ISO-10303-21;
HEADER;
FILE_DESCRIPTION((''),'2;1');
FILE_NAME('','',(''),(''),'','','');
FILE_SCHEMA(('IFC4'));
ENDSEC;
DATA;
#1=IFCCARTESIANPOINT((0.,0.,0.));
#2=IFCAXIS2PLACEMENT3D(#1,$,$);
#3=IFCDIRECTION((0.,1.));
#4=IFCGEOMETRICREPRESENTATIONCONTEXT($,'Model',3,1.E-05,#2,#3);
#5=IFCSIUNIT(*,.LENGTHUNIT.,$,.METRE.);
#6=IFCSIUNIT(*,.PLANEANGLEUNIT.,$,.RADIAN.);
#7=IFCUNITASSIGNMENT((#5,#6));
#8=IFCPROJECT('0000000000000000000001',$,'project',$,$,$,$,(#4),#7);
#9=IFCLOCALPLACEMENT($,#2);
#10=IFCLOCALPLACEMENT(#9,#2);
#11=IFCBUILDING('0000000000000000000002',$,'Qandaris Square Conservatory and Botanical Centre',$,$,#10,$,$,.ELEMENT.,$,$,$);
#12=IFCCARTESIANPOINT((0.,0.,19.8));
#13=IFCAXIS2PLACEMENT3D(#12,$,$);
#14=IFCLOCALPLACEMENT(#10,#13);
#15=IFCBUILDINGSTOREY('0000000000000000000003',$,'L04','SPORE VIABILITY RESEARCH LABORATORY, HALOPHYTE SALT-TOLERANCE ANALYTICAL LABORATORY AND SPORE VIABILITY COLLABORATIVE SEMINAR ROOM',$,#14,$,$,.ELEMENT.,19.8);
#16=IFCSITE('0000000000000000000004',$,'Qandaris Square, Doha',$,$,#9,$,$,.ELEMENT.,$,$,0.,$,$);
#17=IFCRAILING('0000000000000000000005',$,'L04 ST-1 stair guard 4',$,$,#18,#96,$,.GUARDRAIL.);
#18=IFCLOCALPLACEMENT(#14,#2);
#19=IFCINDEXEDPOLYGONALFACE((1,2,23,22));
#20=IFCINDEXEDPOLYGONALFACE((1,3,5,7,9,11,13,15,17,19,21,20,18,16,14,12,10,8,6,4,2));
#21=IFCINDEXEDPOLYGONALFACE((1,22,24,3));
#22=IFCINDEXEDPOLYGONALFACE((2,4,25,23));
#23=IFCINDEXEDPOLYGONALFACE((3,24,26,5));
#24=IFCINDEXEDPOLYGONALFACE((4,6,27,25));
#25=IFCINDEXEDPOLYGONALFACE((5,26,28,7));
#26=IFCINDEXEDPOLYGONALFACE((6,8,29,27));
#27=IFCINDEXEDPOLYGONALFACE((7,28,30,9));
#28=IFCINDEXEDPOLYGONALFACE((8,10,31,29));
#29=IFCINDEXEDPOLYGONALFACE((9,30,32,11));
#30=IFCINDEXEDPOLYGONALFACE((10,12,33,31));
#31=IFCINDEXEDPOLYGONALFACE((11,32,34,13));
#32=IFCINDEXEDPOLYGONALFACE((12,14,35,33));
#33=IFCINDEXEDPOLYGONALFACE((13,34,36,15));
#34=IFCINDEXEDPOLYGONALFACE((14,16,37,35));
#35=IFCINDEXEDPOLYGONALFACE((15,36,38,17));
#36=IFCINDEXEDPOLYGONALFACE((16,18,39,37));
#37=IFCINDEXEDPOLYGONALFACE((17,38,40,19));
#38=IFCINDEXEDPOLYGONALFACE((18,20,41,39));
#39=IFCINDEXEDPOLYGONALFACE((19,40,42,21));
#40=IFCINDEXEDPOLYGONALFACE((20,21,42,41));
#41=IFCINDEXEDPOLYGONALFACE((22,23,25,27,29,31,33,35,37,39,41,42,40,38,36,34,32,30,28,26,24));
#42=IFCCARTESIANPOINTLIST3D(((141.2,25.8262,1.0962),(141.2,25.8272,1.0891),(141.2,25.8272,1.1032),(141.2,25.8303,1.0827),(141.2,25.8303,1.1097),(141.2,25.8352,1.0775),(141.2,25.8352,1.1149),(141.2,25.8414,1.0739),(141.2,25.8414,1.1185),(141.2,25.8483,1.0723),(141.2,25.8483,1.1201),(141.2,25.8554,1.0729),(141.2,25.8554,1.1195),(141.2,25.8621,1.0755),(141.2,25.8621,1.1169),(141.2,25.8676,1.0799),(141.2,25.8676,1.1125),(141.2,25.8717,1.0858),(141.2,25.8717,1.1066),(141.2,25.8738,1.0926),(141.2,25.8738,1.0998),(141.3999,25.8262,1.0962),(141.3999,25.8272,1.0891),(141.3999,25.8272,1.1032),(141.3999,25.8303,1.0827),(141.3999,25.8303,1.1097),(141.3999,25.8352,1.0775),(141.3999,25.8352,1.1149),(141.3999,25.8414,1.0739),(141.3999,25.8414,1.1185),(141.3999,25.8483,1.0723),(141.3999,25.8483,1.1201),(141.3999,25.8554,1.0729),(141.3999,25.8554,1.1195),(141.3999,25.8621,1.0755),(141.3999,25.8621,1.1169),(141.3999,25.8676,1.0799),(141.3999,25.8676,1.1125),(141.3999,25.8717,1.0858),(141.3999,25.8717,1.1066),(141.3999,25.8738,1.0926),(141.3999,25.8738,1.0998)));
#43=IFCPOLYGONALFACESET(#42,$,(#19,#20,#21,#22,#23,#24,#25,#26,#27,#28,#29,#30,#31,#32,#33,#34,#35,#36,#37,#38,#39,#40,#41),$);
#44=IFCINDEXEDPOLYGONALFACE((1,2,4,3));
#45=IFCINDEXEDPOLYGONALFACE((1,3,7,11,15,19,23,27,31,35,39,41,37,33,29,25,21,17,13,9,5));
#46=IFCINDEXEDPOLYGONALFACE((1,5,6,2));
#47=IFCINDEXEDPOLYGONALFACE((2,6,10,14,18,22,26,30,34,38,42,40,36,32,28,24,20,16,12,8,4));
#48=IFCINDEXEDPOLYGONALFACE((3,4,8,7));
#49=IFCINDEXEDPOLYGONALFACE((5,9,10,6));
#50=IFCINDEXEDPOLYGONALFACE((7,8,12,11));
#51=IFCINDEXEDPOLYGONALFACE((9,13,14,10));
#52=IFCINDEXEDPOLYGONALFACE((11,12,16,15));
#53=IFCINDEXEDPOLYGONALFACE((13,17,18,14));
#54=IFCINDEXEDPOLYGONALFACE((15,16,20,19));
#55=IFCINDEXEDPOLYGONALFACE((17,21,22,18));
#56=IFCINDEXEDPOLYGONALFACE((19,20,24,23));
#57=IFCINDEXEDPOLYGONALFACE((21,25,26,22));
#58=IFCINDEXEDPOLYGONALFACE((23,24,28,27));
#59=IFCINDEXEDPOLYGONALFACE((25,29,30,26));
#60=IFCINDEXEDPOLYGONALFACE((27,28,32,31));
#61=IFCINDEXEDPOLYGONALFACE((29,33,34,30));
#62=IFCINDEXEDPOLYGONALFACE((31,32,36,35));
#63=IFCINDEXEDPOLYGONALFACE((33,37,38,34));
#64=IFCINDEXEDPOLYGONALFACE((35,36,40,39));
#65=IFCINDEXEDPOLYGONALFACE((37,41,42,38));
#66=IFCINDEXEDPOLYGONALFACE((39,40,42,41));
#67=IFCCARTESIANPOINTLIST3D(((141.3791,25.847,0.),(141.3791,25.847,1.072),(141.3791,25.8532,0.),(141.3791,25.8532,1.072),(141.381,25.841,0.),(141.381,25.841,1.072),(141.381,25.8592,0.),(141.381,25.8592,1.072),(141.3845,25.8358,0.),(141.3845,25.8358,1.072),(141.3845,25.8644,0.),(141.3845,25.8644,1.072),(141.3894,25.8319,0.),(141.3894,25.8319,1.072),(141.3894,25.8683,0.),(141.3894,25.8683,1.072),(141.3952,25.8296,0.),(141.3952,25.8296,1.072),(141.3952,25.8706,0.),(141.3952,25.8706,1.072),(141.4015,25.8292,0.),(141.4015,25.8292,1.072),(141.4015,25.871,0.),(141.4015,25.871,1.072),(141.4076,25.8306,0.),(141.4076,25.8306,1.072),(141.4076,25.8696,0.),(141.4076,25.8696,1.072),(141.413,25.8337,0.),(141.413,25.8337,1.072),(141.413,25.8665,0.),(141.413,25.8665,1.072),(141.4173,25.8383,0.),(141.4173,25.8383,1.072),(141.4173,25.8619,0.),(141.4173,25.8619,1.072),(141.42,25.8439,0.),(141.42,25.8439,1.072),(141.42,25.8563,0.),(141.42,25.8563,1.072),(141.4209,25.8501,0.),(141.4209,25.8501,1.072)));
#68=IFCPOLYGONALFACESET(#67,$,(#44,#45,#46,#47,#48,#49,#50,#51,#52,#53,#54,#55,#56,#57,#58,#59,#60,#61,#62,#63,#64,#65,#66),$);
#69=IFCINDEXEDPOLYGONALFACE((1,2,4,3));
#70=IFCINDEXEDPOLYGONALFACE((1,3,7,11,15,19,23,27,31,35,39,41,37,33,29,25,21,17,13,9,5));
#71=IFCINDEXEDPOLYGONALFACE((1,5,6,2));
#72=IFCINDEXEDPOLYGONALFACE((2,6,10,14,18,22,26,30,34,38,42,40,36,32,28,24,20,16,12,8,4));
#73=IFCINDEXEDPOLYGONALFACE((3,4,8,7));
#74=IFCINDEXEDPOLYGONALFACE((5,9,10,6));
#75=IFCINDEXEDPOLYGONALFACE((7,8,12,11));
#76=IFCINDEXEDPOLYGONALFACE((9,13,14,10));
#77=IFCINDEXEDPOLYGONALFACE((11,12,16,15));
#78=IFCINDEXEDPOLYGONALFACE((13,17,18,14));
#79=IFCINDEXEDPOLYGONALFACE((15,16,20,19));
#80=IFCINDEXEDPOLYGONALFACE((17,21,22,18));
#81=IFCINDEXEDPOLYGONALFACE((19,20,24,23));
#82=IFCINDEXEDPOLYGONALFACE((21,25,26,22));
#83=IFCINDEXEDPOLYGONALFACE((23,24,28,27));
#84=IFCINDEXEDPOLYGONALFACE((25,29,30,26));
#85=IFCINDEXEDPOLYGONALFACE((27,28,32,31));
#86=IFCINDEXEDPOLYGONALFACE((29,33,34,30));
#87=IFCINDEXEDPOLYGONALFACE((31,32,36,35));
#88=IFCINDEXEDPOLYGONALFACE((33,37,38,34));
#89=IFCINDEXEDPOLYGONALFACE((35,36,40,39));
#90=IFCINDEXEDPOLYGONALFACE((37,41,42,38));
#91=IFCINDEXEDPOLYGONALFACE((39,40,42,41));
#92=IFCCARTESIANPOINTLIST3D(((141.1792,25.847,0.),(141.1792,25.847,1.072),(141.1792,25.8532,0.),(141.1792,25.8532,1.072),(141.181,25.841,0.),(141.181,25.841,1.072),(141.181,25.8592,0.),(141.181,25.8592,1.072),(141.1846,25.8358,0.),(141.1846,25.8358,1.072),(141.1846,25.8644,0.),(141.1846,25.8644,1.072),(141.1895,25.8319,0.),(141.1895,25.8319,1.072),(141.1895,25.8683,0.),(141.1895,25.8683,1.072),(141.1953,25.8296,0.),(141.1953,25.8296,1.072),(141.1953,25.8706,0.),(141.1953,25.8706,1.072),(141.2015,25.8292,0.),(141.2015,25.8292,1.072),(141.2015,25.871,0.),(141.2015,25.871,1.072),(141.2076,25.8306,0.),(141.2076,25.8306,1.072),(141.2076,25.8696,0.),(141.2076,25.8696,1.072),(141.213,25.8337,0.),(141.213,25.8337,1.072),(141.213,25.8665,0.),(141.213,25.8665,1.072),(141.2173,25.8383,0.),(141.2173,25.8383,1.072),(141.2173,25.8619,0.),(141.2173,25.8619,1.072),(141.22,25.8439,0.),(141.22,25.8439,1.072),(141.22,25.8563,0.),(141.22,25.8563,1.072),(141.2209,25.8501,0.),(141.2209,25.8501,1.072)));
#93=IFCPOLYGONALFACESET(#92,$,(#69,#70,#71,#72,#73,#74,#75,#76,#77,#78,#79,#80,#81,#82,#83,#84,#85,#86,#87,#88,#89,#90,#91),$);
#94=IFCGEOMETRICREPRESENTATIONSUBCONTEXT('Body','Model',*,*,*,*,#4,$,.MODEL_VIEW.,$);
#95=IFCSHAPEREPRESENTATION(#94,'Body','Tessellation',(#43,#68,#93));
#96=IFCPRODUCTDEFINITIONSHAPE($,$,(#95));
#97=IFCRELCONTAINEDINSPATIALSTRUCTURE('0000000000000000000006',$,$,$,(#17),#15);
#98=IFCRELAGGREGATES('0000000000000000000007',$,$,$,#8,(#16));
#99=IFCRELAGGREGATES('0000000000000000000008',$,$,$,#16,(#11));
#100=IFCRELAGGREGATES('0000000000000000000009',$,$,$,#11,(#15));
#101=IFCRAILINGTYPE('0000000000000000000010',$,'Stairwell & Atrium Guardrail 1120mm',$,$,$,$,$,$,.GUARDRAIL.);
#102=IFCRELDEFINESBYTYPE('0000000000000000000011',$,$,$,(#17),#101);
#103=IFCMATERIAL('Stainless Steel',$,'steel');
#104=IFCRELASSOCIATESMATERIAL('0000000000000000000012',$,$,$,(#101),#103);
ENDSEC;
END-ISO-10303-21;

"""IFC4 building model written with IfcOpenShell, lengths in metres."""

from ifc_helpers import new_model, si_unit, direction, frame, origin, origin_2d, place, context, subcontext, project, spatial, circle, extrude, material, type_object, element, save


model = new_model("IFC4")

# Units and contexts
model_context = context("Model", 3, precision=1e-05, world=origin(), true_north=direction((0.0, 1.0)))
body_context = subcontext(model_context, "Body", "Model", "MODEL_VIEW")
ifc_project = project(units=[si_unit("LENGTHUNIT", "METRE"), si_unit("PLANEANGLEUNIT", "RADIAN")], contexts=[model_context])

# Site, building, storey
site_placement = place(None, origin())
site = spatial("IfcSite", under=ifc_project, at=site_placement, Name="Qandaris Square, Doha", CompositionType="ELEMENT", RefElevation=0.0)
building_placement = place(site_placement, origin())
building = spatial("IfcBuilding", under=site, at=building_placement, Name="Qandaris Square Conservatory and Botanical Centre", CompositionType="ELEMENT")
storey_placement = place(building_placement, frame((0.0, 0.0, 19.8)))
storey = spatial("IfcBuildingStorey", under=building, at=storey_placement, Name="L04", Description="SPORE VIABILITY RESEARCH LABORATORY, HALOPHYTE SALT-TOLERANCE ANALYTICAL LABORATORY AND SPORE VIABILITY COLLABORATIVE SEMINAR ROOM", CompositionType="ELEMENT", Elevation=19.8)

# Railing
ifc_material_1 = material(Name="Stainless Steel", Category="steel")
railing_type_1 = type_object("IfcRailingType", Name="Stairwell & Atrium Guardrail 1120mm", PredefinedType="GUARDRAIL", material=ifc_material_1)
railing_1_placement = place(storey_placement, frame((141.3999, 25.8501, 0.0)))
element("IfcRailing", 1, at=railing_1_placement, inside=storey, type_object=railing_type_1, Name="L04 ST-1 stair guard 4", PredefinedType="GUARDRAIL", context=body_context, shape_type="SweptSolid", body=[
    extrude(circle(Radius=0.0239, at=origin_2d()), frame((0.0, 0.0, 1.0962), z_axis=(-1.0, 0.0, 0.0), x_axis=(0.0, -1.0, 0.0)), (0.0, 0.0, 1.0), 0.2),
    extrude(circle(Radius=0.021, at=origin_2d()), origin(), (0.0, 0.0, 1.0), 1.072),
    extrude(circle(Radius=0.021, at=origin_2d()), frame((-0.2, 0.0, 0.0)), (0.0, 0.0, 1.0), 1.072),
])

save(model, "model.ifc")
